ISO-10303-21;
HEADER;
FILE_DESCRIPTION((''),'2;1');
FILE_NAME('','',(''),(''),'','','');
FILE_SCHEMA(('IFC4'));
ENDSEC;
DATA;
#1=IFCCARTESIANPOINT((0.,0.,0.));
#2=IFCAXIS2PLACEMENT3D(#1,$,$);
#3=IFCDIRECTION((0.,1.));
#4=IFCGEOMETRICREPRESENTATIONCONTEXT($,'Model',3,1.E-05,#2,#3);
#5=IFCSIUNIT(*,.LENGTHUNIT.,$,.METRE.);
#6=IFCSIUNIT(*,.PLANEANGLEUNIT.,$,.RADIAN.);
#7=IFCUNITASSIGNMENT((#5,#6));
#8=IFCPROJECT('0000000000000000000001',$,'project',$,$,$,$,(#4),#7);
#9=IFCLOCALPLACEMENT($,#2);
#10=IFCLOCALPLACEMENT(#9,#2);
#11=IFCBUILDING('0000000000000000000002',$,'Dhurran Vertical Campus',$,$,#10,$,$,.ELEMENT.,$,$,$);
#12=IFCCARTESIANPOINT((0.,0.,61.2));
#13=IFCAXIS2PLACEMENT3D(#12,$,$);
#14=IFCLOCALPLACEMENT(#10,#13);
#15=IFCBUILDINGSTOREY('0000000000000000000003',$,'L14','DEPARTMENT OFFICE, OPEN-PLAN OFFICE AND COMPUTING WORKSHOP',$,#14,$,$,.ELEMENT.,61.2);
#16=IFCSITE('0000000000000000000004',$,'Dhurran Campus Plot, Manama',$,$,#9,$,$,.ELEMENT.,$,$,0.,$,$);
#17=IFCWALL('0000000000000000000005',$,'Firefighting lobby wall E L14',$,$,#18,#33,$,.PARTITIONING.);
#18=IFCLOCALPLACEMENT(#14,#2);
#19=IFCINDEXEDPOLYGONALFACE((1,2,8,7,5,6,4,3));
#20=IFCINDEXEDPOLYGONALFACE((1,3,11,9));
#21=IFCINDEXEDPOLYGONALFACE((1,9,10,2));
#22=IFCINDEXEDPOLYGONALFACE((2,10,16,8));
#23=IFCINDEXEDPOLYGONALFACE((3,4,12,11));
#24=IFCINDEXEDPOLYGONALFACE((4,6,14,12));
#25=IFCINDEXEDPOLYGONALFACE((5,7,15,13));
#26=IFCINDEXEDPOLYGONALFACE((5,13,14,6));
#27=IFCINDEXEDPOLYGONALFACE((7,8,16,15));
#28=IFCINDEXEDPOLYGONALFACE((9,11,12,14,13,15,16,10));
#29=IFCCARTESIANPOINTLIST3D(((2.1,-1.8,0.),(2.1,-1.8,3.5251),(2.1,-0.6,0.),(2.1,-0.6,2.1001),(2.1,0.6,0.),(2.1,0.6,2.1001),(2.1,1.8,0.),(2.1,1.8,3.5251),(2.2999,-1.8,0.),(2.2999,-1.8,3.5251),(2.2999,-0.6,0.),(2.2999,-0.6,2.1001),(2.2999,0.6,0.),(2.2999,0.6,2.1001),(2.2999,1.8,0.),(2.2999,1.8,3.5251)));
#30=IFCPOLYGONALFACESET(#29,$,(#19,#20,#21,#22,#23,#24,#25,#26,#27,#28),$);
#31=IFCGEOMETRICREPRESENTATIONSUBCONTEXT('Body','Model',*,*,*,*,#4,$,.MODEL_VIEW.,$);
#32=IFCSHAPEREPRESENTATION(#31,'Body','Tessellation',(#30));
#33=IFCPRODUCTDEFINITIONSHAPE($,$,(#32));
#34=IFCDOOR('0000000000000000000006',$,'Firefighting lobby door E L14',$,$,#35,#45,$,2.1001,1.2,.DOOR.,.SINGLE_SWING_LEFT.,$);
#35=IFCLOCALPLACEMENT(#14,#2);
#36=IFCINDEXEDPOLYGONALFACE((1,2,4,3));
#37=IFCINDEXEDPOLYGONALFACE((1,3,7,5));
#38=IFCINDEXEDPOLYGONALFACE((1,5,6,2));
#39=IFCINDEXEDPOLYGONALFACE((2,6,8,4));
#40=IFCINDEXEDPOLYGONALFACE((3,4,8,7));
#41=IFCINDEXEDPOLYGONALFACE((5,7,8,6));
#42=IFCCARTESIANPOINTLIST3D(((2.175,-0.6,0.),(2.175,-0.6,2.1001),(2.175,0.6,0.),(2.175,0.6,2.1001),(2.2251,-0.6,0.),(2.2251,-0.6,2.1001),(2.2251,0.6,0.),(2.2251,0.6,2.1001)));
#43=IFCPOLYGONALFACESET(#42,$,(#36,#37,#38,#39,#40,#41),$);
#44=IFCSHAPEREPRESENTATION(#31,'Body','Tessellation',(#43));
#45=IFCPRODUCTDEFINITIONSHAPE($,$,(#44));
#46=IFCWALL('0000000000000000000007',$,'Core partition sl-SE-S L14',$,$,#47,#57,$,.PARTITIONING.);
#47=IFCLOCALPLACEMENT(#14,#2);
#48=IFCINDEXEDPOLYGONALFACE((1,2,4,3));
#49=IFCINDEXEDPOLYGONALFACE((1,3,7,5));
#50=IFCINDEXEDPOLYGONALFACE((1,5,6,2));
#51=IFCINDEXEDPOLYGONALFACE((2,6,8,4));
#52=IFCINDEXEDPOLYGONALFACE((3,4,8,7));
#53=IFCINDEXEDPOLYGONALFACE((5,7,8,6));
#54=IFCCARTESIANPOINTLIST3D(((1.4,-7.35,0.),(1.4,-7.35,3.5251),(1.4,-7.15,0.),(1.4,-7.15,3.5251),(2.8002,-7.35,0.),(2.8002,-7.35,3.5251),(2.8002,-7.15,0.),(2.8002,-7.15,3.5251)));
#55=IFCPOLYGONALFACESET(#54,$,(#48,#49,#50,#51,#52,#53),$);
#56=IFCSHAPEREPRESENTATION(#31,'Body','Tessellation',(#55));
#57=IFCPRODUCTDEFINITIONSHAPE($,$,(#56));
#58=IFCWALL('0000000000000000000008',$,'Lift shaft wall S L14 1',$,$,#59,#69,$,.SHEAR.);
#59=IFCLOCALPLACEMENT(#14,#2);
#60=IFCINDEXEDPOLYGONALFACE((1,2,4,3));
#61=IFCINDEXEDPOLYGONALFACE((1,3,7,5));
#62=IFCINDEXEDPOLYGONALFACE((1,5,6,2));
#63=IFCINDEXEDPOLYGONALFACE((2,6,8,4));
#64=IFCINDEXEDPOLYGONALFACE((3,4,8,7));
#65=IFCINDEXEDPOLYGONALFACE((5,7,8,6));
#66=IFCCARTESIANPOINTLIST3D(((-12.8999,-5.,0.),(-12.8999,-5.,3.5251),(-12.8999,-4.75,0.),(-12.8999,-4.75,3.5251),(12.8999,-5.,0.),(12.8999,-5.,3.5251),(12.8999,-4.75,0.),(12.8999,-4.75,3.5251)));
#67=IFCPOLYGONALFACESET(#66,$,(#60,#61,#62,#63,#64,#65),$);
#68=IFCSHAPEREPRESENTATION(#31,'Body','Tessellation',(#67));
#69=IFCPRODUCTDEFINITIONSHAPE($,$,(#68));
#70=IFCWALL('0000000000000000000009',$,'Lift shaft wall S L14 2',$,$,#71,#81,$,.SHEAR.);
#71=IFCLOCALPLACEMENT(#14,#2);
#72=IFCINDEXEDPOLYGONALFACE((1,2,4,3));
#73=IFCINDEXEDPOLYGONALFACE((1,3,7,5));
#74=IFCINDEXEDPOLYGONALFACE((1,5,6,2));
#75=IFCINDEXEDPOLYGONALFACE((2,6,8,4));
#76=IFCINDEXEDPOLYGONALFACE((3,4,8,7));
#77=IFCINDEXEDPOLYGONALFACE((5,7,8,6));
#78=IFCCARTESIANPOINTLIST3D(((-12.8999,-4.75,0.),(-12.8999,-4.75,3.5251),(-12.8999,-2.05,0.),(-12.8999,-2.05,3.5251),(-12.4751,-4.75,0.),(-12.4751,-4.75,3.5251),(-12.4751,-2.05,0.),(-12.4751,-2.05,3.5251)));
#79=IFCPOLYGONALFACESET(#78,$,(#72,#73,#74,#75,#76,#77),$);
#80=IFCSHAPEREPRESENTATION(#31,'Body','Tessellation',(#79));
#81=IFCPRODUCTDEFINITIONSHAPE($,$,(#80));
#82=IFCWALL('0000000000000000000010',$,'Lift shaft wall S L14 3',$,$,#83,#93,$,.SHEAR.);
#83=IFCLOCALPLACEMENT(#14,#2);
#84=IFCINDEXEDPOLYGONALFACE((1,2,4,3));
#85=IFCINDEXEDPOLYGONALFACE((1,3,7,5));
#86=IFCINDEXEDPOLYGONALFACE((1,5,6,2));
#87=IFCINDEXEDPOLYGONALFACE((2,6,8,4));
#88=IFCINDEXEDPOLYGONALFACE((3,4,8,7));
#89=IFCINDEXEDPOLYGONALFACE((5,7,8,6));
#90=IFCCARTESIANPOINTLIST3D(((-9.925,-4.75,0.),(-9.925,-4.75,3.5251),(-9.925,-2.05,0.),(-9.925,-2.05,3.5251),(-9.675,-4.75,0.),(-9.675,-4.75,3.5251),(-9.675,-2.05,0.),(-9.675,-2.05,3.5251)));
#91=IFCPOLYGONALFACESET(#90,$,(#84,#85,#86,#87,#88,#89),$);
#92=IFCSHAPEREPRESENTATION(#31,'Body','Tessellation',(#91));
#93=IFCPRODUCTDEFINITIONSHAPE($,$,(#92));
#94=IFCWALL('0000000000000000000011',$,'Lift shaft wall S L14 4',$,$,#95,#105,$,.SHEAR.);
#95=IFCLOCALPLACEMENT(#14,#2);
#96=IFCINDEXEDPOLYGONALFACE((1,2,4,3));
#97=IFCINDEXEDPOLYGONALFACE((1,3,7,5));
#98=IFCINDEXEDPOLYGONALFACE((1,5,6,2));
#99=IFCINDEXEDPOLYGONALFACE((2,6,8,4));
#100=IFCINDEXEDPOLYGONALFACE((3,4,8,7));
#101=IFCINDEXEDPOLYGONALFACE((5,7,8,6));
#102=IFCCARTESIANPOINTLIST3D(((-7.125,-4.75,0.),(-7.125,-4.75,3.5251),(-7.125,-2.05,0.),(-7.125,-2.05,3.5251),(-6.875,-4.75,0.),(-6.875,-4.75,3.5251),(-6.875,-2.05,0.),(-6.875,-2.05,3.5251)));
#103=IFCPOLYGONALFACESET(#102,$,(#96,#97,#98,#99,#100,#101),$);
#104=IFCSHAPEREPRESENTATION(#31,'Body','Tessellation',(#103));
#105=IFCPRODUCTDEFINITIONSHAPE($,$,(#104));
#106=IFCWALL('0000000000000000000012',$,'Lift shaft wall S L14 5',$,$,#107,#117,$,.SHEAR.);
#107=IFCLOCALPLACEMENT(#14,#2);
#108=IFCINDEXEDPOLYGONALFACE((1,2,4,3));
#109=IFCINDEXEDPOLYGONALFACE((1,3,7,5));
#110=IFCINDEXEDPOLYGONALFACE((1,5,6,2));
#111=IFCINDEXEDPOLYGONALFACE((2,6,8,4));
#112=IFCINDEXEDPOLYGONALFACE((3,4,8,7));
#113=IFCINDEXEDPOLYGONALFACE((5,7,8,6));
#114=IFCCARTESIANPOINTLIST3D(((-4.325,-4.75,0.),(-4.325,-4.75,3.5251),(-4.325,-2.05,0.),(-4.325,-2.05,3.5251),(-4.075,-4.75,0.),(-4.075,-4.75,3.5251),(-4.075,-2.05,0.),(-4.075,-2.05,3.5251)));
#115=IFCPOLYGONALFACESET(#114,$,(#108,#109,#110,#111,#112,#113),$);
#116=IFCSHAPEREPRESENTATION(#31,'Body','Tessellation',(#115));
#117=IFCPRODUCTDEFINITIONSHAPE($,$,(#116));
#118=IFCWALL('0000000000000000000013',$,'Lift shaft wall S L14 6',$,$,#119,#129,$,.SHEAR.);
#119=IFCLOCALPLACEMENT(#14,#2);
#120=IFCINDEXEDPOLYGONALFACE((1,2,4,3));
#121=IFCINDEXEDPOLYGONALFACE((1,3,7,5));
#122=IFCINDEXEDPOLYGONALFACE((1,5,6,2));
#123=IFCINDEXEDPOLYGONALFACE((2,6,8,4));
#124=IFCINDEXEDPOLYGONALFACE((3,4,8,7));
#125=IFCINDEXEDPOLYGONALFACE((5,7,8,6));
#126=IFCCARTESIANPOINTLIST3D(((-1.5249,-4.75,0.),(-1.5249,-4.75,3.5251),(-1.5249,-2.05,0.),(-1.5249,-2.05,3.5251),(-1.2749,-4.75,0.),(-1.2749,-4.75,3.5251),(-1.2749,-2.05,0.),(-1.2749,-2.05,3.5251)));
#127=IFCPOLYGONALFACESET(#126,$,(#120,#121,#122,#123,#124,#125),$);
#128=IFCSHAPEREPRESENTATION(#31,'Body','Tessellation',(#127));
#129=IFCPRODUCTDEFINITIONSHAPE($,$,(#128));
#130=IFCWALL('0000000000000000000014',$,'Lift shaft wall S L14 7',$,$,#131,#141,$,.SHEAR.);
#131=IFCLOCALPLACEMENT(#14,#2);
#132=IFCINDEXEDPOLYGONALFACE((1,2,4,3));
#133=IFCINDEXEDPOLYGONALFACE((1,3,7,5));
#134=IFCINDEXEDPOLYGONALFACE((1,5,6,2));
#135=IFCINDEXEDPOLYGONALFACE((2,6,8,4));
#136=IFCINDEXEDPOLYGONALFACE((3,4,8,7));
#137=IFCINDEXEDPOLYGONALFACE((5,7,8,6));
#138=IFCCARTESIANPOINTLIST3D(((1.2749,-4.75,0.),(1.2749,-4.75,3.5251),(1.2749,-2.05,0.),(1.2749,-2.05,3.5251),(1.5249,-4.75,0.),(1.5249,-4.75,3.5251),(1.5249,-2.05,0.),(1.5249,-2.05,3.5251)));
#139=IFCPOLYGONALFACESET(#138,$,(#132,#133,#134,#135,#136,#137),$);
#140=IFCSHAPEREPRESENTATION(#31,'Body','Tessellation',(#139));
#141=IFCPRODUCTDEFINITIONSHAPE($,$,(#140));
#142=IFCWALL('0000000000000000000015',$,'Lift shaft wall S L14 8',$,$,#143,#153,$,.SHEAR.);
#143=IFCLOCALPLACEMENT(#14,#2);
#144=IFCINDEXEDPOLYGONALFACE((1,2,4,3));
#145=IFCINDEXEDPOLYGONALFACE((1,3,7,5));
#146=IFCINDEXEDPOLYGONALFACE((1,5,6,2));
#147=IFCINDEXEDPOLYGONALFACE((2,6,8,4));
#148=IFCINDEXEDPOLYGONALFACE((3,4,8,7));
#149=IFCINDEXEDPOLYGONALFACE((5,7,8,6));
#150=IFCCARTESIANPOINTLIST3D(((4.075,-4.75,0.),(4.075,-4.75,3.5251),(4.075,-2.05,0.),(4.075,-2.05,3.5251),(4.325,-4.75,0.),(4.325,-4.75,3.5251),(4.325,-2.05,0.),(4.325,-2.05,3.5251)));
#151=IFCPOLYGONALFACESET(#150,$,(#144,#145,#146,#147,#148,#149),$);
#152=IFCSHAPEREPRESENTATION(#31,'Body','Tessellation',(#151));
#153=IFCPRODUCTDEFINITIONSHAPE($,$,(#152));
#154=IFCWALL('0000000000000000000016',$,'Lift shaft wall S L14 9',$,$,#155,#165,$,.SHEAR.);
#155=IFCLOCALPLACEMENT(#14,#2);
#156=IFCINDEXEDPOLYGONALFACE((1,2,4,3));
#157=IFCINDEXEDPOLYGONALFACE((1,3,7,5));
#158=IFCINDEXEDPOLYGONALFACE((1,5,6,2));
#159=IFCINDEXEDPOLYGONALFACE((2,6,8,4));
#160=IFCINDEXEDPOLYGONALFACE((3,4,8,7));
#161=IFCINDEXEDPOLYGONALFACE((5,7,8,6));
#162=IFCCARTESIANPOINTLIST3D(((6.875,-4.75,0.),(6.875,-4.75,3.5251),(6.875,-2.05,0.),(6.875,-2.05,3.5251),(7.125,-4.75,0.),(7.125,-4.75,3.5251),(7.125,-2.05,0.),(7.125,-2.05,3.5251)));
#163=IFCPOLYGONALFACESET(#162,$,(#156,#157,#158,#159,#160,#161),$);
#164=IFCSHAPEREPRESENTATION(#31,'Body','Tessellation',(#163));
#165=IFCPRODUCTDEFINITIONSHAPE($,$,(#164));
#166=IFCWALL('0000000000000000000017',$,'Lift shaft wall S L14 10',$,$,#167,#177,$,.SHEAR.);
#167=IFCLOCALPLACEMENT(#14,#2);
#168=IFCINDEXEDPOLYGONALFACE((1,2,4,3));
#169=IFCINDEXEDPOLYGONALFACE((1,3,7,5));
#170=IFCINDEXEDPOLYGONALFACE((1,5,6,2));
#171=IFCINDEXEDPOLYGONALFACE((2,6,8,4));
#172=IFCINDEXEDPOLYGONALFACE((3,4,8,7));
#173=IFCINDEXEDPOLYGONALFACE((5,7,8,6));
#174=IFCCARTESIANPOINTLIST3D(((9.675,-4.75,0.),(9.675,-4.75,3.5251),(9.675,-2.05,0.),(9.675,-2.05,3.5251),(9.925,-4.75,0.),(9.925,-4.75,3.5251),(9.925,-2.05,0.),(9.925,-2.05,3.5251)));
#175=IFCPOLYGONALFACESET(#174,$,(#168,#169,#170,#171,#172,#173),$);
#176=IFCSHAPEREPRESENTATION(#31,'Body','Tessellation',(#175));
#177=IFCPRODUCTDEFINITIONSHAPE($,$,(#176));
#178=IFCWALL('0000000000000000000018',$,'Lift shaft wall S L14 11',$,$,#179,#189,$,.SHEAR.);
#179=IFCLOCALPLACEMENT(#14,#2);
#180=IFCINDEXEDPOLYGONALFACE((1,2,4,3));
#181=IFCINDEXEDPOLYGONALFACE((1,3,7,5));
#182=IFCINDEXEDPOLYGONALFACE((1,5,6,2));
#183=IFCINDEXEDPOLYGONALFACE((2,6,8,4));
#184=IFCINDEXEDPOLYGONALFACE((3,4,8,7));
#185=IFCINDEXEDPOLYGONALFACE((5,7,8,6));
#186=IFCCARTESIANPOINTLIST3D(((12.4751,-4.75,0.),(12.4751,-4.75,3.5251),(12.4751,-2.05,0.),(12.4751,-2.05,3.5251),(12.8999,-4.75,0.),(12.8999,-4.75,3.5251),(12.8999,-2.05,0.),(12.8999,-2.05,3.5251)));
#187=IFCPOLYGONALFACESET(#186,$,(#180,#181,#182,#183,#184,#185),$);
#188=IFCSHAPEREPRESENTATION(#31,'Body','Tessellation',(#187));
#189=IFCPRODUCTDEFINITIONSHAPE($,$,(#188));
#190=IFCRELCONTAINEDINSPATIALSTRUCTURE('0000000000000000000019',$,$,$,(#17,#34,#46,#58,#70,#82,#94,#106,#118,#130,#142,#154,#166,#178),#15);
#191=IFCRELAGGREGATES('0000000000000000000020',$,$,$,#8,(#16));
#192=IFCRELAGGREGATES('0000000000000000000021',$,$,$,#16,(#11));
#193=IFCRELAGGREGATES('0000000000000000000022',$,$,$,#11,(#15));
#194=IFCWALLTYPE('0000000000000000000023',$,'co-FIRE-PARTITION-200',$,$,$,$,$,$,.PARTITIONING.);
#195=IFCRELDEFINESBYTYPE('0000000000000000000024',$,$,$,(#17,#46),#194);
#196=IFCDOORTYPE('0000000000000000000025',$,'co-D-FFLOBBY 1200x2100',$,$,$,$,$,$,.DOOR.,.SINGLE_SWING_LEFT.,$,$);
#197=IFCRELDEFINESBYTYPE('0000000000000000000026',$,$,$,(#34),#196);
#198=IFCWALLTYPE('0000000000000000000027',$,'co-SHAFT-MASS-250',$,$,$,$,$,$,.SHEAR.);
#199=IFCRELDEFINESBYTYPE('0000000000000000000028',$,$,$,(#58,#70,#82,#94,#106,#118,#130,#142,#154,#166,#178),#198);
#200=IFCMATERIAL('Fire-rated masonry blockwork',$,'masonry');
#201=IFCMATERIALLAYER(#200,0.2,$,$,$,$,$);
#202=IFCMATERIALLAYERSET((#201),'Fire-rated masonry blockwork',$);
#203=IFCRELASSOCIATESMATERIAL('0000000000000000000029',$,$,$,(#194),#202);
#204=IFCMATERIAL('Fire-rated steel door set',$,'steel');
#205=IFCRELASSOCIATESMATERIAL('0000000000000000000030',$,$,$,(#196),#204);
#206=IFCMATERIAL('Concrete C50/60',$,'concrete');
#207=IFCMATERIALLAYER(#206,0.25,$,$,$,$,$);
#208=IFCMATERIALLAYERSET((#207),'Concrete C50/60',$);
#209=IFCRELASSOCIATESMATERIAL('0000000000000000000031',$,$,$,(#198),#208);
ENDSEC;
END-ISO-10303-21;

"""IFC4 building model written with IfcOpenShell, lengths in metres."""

from ifc_helpers import new_model, si_unit, direction, frame, frame_2d, origin, place, context, subcontext, project, spatial, polyline, rectangle, outline, extrude, material, layer, layer_set, type_object, element, fill, save


model = new_model("IFC4")

# Units and contexts
model_context = context("Model", 3, precision=1e-05, world=origin(), true_north=direction((0.0, 1.0)))
body_context = subcontext(model_context, "Body", "Model", "MODEL_VIEW")
ifc_project = project(units=[si_unit("LENGTHUNIT", "METRE"), si_unit("PLANEANGLEUNIT", "RADIAN")], contexts=[model_context])

# Site, building, storey
site_placement = place(None, origin())
site = spatial("IfcSite", under=ifc_project, at=site_placement, Name="Dhurran Campus Plot, Manama", CompositionType="ELEMENT", RefElevation=0.0)
building_placement = place(site_placement, origin())
building = spatial("IfcBuilding", under=site, at=building_placement, Name="Dhurran Vertical Campus", CompositionType="ELEMENT")
storey_placement = place(building_placement, frame((0.0, 0.0, 61.2)))
storey = spatial("IfcBuildingStorey", under=building, at=storey_placement, Name="L14", Description="DEPARTMENT OFFICE, OPEN-PLAN OFFICE AND COMPUTING WORKSHOP", CompositionType="ELEMENT", Elevation=61.2)

# Wall, opening, door
ifc_material_1 = material(Name="Fire-rated masonry blockwork", Category="masonry")
ifc_layer_1 = layer(ifc_material_1, 0.2)
ifc_layer_set_1 = layer_set([ifc_layer_1], Name="Fire-rated masonry blockwork")
wall_type_1 = type_object("IfcWallType", Name="co-FIRE-PARTITION-200", PredefinedType="PARTITIONING", material=ifc_layer_set_1)
wall_1_placement = place(storey_placement, frame((2.2, -1.8, 0.0), z_axis=(0.0, 0.0, 1.0), x_axis=(0.0, 1.0, 0.0)))
wall_1 = element("IfcWall", 1, at=wall_1_placement, inside=storey, type_object=wall_type_1, Name="Firefighting lobby wall E L14", PredefinedType="PARTITIONING", context=body_context, shape_type="SweptSolid", body=[
    extrude(rectangle(XDim=3.6001, YDim=0.2, at=frame_2d((1.8, 0.0))), origin(), (0.0, 0.0, 1.0), 3.5251),
])
opening_1_placement = place(wall_1_placement, frame((1.2, 0.0, 0.0)))
opening_1 = element("IfcOpeningElement", 2, at=opening_1_placement, cuts=wall_1, PredefinedType="OPENING", context=body_context, shape_type="SweptSolid", body=[
    extrude(rectangle(XDim=1.2, YDim=2.1001, at=frame_2d((0.6001, 1.05))), frame((0.0, 0.1099, 0.0), z_axis=(0.0, -1.0, 0.0), x_axis=(1.0, 0.0, 0.0)), (0.0, 0.0, 1.0), 0.22),
])
ifc_material_2 = material(Name="Fire-rated steel door set", Category="steel")
door_type_1 = type_object("IfcDoorType", Name="co-D-FFLOBBY 1200x2100", OperationType="SINGLE_SWING_LEFT", PredefinedType="DOOR", material=ifc_material_2)
door_1_placement = place(opening_1_placement, origin())
door_1 = element("IfcDoor", 3, at=door_1_placement, inside=storey, type_object=door_type_1, Name="Firefighting lobby door E L14", OperationType="SINGLE_SWING_LEFT", OverallHeight=2.1001, OverallWidth=1.2, PredefinedType="DOOR", context=body_context, shape_type="SweptSolid", body=[
    extrude(rectangle(XDim=1.2, YDim=2.1001, at=frame_2d((0.6001, 1.05))), frame((0.0, 0.0249, 0.0), z_axis=(0.0, -1.0, 0.0), x_axis=(1.0, 0.0, 0.0)), (0.0, 0.0, 1.0), 0.05),
])
fill(opening_1, door_1)

# Walls
wall_2_placement = place(storey_placement, frame((1.3999, -7.25, 0.0), z_axis=(0.0, 0.0, 1.0), x_axis=(1.0, 0.0, 0.0)))
element("IfcWall", 4, at=wall_2_placement, inside=storey, type_object=wall_type_1, Name="Core partition sl-SE-S L14", PredefinedType="PARTITIONING", context=body_context, shape_type="SweptSolid", body=[
    extrude(rectangle(XDim=1.4001, YDim=0.2, at=frame_2d((0.7002, 0.0))), origin(), (0.0, 0.0, 1.0), 3.5251),
])
ifc_material_3 = material(Name="Concrete C50/60", Category="concrete")
ifc_layer_2 = layer(ifc_material_3, 0.25)
ifc_layer_set_2 = layer_set([ifc_layer_2], Name="Concrete C50/60")
wall_type_2 = type_object("IfcWallType", Name="co-SHAFT-MASS-250", PredefinedType="SHEAR", material=ifc_layer_set_2)
wall_3_placement = place(storey_placement, origin())
element("IfcWall", 5, at=wall_3_placement, inside=storey, type_object=wall_type_2, Name="Lift shaft wall S L14 1", PredefinedType="SHEAR", context=body_context, shape_type="SweptSolid", body=[
    extrude(outline(polyline([(-12.8999, -5.0), (12.8999, -5.0), (12.8999, -4.75), (-12.8999, -4.75), (-12.8999, -5.0)])), origin(), (0.0, 0.0, 1.0), 3.5251),
])
wall_4_placement = place(storey_placement, origin())
element("IfcWall", 6, at=wall_4_placement, inside=storey, type_object=wall_type_2, Name="Lift shaft wall S L14 2", PredefinedType="SHEAR", context=body_context, shape_type="SweptSolid", body=[
    extrude(outline(polyline([(-12.8999, -4.75), (-12.4751, -4.75), (-12.4751, -2.05), (-12.8999, -2.05), (-12.8999, -4.75)])), origin(), (0.0, 0.0, 1.0), 3.5251),
])
wall_5_placement = place(storey_placement, origin())
element("IfcWall", 7, at=wall_5_placement, inside=storey, type_object=wall_type_2, Name="Lift shaft wall S L14 3", PredefinedType="SHEAR", context=body_context, shape_type="SweptSolid", body=[
    extrude(outline(polyline([(-9.925, -4.75), (-9.675, -4.75), (-9.675, -2.05), (-9.925, -2.05), (-9.925, -4.75)])), origin(), (0.0, 0.0, 1.0), 3.5251),
])
wall_6_placement = place(storey_placement, origin())
element("IfcWall", 8, at=wall_6_placement, inside=storey, type_object=wall_type_2, Name="Lift shaft wall S L14 4", PredefinedType="SHEAR", context=body_context, shape_type="SweptSolid", body=[
    extrude(outline(polyline([(-7.125, -4.75), (-6.875, -4.75), (-6.875, -2.05), (-7.125, -2.05), (-7.125, -4.75)])), origin(), (0.0, 0.0, 1.0), 3.5251),
])
wall_7_placement = place(storey_placement, origin())
element("IfcWall", 9, at=wall_7_placement, inside=storey, type_object=wall_type_2, Name="Lift shaft wall S L14 5", PredefinedType="SHEAR", context=body_context, shape_type="SweptSolid", body=[
    extrude(outline(polyline([(-4.325, -4.75), (-4.075, -4.75), (-4.075, -2.05), (-4.325, -2.05), (-4.325, -4.75)])), origin(), (0.0, 0.0, 1.0), 3.5251),
])
wall_8_placement = place(storey_placement, origin())
element("IfcWall", 10, at=wall_8_placement, inside=storey, type_object=wall_type_2, Name="Lift shaft wall S L14 6", PredefinedType="SHEAR", context=body_context, shape_type="SweptSolid", body=[
    extrude(outline(polyline([(-1.5249, -4.75), (-1.2749, -4.75), (-1.2749, -2.05), (-1.5249, -2.05), (-1.5249, -4.75)])), origin(), (0.0, 0.0, 1.0), 3.5251),
])
wall_9_placement = place(storey_placement, origin())
element("IfcWall", 11, at=wall_9_placement, inside=storey, type_object=wall_type_2, Name="Lift shaft wall S L14 7", PredefinedType="SHEAR", context=body_context, shape_type="SweptSolid", body=[
    extrude(outline(polyline([(1.2749, -4.75), (1.5249, -4.75), (1.5249, -2.05), (1.2749, -2.05), (1.2749, -4.75)])), origin(), (0.0, 0.0, 1.0), 3.5251),
])
wall_10_placement = place(storey_placement, origin())
element("IfcWall", 12, at=wall_10_placement, inside=storey, type_object=wall_type_2, Name="Lift shaft wall S L14 8", PredefinedType="SHEAR", context=body_context, shape_type="SweptSolid", body=[
    extrude(outline(polyline([(4.075, -4.75), (4.325, -4.75), (4.325, -2.05), (4.075, -2.05), (4.075, -4.75)])), origin(), (0.0, 0.0, 1.0), 3.5251),
])
wall_11_placement = place(storey_placement, origin())
element("IfcWall", 13, at=wall_11_placement, inside=storey, type_object=wall_type_2, Name="Lift shaft wall S L14 9", PredefinedType="SHEAR", context=body_context, shape_type="SweptSolid", body=[
    extrude(outline(polyline([(6.875, -4.75), (7.125, -4.75), (7.125, -2.05), (6.875, -2.05), (6.875, -4.75)])), origin(), (0.0, 0.0, 1.0), 3.5251),
])
wall_12_placement = place(storey_placement, origin())
element("IfcWall", 14, at=wall_12_placement, inside=storey, type_object=wall_type_2, Name="Lift shaft wall S L14 10", PredefinedType="SHEAR", context=body_context, shape_type="SweptSolid", body=[
    extrude(outline(polyline([(9.675, -4.75), (9.925, -4.75), (9.925, -2.05), (9.675, -2.05), (9.675, -4.75)])), origin(), (0.0, 0.0, 1.0), 3.5251),
])
wall_13_placement = place(storey_placement, origin())
element("IfcWall", 15, at=wall_13_placement, inside=storey, type_object=wall_type_2, Name="Lift shaft wall S L14 11", PredefinedType="SHEAR", context=body_context, shape_type="SweptSolid", body=[
    extrude(outline(polyline([(12.4751, -4.75), (12.8999, -4.75), (12.8999, -2.05), (12.4751, -2.05), (12.4751, -4.75)])), origin(), (0.0, 0.0, 1.0), 3.5251),
])

save(model, "model.ifc")
